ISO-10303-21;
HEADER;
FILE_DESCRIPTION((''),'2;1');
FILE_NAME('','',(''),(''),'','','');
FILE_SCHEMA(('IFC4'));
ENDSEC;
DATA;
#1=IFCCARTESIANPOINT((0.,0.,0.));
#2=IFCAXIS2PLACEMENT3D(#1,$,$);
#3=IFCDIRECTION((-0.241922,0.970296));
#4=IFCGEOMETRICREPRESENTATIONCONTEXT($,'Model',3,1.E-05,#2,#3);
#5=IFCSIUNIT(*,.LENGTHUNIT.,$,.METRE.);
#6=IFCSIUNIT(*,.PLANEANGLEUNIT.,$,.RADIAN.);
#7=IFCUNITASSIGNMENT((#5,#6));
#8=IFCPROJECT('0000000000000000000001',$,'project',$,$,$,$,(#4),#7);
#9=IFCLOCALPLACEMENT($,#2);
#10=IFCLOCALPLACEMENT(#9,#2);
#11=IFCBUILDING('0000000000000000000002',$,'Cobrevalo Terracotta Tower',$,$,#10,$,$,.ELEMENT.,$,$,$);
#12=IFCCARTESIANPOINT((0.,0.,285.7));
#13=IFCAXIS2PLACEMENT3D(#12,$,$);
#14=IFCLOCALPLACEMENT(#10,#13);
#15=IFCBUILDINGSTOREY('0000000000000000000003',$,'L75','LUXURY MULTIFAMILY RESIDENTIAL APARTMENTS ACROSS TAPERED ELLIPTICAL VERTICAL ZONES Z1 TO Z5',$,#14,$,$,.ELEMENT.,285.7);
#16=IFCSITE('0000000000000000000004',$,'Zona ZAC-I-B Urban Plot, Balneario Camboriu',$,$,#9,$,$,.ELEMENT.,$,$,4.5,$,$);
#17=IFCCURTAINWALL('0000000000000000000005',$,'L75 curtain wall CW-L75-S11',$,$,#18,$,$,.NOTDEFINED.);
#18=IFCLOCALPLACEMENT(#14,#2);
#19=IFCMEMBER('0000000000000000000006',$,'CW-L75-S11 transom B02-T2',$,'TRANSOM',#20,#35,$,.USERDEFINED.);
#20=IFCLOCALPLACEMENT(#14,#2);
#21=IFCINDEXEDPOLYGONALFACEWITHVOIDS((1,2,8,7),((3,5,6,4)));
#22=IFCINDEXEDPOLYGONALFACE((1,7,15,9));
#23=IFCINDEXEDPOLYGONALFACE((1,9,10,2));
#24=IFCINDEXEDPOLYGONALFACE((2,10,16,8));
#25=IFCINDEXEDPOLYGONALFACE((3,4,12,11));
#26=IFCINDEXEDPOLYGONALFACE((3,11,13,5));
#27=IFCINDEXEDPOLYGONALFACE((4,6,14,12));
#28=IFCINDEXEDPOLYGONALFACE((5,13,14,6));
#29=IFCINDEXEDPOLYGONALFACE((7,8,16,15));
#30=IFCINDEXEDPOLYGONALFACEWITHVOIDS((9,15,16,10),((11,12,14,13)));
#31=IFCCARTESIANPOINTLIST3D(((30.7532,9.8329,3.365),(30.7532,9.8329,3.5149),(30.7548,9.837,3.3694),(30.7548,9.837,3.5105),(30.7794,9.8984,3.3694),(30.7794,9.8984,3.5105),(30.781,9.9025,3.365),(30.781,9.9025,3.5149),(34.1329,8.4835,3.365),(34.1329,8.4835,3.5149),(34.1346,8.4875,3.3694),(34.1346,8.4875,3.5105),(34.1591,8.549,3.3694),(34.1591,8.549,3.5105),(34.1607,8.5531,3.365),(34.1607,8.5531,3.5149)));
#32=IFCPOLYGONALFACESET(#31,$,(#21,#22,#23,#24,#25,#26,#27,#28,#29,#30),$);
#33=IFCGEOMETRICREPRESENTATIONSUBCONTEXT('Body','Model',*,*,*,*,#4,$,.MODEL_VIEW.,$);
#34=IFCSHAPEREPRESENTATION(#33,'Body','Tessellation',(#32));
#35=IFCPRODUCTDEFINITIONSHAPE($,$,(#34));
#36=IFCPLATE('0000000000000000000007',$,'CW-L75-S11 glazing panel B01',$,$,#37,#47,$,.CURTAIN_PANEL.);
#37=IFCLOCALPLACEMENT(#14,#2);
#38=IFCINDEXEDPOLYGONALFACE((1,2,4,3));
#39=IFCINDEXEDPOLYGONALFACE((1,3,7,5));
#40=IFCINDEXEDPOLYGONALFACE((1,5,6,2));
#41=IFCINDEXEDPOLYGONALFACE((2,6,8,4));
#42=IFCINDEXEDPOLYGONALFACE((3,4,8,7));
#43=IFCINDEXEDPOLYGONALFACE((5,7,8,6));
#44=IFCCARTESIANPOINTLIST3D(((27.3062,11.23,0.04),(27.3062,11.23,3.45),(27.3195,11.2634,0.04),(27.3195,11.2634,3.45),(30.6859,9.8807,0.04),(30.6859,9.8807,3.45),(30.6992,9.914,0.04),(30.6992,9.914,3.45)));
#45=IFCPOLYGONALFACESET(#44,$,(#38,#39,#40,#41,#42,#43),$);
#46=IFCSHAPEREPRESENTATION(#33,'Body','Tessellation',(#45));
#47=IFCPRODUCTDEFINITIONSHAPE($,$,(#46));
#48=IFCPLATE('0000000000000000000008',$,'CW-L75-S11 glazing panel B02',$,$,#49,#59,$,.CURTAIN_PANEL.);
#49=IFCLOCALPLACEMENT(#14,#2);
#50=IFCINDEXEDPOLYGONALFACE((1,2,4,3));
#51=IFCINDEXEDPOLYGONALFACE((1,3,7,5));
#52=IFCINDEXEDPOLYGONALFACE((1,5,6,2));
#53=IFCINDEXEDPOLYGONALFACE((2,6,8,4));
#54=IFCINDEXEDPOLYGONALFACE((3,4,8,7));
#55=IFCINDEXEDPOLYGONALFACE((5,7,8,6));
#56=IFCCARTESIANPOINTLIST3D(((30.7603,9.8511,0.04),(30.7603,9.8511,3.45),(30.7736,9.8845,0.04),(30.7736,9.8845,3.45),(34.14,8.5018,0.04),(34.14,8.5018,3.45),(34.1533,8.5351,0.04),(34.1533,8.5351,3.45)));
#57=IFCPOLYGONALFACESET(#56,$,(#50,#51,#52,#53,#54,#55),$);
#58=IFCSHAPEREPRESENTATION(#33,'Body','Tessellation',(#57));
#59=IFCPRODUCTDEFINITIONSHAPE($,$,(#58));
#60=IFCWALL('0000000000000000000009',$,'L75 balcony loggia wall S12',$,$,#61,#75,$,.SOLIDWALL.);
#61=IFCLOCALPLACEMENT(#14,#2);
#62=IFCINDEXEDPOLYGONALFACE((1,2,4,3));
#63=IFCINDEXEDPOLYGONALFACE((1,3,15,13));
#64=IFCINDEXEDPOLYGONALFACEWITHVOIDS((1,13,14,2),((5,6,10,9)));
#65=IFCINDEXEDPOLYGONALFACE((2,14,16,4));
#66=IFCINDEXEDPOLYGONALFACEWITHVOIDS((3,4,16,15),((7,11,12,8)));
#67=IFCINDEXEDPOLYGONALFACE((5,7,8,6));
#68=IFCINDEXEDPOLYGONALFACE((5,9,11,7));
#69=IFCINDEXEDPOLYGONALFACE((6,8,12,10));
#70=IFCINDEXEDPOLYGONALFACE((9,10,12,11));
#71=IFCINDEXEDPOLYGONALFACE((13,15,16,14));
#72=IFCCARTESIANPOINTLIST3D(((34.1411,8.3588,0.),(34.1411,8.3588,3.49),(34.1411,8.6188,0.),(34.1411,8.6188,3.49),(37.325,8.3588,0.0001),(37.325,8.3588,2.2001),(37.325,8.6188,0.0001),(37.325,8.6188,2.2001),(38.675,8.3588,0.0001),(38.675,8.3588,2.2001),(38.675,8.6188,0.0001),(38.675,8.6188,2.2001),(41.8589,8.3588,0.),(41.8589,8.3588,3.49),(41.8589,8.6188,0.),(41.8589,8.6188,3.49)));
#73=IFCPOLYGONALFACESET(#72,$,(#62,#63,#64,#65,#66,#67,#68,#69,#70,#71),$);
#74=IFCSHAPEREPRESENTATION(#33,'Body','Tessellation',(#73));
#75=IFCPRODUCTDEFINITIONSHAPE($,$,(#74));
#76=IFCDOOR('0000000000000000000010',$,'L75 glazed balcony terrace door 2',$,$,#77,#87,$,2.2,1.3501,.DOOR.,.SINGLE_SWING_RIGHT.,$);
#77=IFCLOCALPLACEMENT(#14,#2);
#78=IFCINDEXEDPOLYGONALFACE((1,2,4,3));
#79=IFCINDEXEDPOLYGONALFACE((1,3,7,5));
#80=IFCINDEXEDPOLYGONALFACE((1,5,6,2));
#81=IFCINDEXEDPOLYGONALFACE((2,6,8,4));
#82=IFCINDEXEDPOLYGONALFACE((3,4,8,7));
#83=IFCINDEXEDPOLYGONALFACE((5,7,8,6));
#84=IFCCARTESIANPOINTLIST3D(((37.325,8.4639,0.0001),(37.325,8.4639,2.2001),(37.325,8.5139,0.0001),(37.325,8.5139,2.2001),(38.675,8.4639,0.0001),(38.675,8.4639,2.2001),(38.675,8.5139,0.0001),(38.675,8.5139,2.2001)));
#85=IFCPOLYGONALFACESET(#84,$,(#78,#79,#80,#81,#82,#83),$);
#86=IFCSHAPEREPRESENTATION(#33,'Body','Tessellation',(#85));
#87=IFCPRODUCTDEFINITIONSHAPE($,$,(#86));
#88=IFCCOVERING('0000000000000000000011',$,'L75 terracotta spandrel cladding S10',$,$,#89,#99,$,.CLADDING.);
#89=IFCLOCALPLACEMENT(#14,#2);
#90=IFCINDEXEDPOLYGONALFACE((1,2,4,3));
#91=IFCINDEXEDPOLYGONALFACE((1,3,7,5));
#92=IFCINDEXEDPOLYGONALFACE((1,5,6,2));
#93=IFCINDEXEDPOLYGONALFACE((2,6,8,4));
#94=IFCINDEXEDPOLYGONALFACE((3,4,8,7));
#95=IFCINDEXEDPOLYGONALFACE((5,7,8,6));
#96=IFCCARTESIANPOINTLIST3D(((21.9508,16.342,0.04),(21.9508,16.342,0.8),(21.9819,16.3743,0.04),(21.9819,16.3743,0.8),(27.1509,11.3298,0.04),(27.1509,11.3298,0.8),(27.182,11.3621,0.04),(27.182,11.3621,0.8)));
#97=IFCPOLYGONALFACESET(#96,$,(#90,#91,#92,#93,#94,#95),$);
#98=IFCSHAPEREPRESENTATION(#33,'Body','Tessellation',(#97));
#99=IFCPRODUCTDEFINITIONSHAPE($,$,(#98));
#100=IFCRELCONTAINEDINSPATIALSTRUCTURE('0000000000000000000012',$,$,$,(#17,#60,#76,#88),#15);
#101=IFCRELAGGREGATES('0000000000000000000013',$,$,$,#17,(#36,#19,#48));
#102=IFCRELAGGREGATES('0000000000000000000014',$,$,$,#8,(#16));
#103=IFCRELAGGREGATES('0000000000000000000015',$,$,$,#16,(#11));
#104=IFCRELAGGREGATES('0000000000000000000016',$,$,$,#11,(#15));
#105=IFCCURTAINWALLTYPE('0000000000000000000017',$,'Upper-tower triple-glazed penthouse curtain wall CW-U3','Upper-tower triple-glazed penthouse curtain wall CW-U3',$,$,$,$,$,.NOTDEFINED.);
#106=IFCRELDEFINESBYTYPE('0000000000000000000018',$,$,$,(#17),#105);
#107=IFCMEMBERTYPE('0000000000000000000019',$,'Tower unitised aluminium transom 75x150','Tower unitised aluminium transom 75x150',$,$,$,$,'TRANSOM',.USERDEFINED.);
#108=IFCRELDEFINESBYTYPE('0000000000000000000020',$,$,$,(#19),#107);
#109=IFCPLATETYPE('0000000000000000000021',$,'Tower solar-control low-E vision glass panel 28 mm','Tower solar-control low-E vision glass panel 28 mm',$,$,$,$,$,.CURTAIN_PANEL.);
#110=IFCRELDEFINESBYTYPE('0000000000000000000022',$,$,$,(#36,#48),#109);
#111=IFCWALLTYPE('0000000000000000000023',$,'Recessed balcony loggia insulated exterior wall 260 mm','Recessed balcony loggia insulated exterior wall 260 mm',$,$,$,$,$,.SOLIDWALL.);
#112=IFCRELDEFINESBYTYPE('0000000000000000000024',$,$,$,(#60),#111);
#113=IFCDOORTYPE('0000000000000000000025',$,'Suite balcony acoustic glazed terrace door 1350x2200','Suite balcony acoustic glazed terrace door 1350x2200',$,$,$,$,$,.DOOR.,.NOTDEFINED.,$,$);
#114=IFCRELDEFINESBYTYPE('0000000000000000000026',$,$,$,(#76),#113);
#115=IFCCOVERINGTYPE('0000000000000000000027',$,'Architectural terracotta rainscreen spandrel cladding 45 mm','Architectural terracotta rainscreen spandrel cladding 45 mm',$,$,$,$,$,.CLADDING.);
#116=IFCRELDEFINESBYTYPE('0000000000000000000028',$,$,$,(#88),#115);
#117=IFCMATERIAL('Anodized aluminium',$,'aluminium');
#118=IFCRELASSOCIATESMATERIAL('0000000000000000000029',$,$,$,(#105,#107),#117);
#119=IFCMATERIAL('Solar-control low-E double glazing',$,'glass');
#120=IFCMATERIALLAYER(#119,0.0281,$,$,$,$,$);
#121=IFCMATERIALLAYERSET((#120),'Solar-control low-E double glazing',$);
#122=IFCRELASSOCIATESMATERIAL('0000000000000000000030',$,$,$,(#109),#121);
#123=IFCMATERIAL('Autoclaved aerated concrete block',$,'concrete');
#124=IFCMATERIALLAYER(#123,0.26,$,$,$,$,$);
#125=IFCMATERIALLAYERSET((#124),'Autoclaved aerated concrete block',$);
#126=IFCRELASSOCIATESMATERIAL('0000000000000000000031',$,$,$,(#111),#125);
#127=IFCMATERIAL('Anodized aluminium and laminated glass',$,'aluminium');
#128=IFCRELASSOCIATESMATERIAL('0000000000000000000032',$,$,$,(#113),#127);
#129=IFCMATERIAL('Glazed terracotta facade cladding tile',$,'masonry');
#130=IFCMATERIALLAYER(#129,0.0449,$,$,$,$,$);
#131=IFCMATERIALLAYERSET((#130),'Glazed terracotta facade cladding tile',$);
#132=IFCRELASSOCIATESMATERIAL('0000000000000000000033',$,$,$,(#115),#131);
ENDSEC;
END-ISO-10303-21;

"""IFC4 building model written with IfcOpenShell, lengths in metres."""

from ifc_helpers import new_model, si_unit, direction, frame, frame_2d, origin, origin_2d, place, context, subcontext, project, spatial, rectangle, hollow_rectangle, extrude, source, transform, mapped, material, layer, layer_set, material_profile, profile_set, type_object, element, fill, aggregate, save


model = new_model("IFC4")

# Units and contexts
model_context = context("Model", 3, precision=1e-05, world=origin(), true_north=direction((-0.241922, 0.970296)))
body_context = subcontext(model_context, "Body", "Model", "MODEL_VIEW")
ifc_project = project(units=[si_unit("LENGTHUNIT", "METRE"), si_unit("PLANEANGLEUNIT", "RADIAN")], contexts=[model_context])

# Site, building, storey
site_placement = place(None, origin())
site = spatial("IfcSite", under=ifc_project, at=site_placement, Name="Zona ZAC-I-B Urban Plot, Balneario Camboriu", CompositionType="ELEMENT", RefElevation=4.5)
building_placement = place(site_placement, origin())
building = spatial("IfcBuilding", under=site, at=building_placement, Name="Cobrevalo Terracotta Tower", CompositionType="ELEMENT")
storey_placement = place(building_placement, frame((0.0, 0.0, 285.7)))
storey = spatial("IfcBuildingStorey", under=building, at=storey_placement, Name="L75", Description="LUXURY MULTIFAMILY RESIDENTIAL APARTMENTS ACROSS TAPERED ELLIPTICAL VERTICAL ZONES Z1 TO Z5", CompositionType="ELEMENT", Elevation=285.7)

# Curtain wall, member, plates
ifc_material_1 = material(Name="Anodized aluminium", Category="aluminium")
curtain_wall_type = type_object("IfcCurtainWallType", Name="Upper-tower triple-glazed penthouse curtain wall CW-U3", Description="Upper-tower triple-glazed penthouse curtain wall CW-U3", PredefinedType="NOTDEFINED", material=ifc_material_1)
curtain_wall_placement = place(storey_placement, origin())
curtain_wall = element("IfcCurtainWall", 1, at=curtain_wall_placement, inside=storey, type_object=curtain_wall_type, Name="L75 curtain wall CW-L75-S11", PredefinedType="NOTDEFINED")
ifc_material_profile_1 = material_profile(ifc_material_1, hollow_rectangle(XDim=0.075, YDim=0.1499, WallThickness=0.0044, at=origin_2d()), Name="CWT 75x150")
ifc_profile_set_1 = profile_set([ifc_material_profile_1], Name="Anodized aluminium")
member_type_1 = type_object("IfcMemberType", Name="Tower unitised aluminium transom 75x150", Description="Tower unitised aluminium transom 75x150", ElementType="TRANSOM", PredefinedType="USERDEFINED", material=ifc_profile_set_1)
shared_shape_1 = source(origin(), body_context, "Body", "SweptSolid", [
    extrude(hollow_rectangle(XDim=0.075, YDim=0.1499, WallThickness=0.0044, at=origin_2d()), origin(), (0.0, 0.0, 1.0), 3.6392),
])
member_1_placement = place(storey_placement, frame((30.7671, 9.8677, 3.4399), z_axis=(0.928712, -0.370801, 0.0), x_axis=(0.370801, 0.928712, 0.0)))
member_1 = element("IfcMember", 2, at=member_1_placement, type_object=member_type_1, Name="CW-L75-S11 transom B02-T2", ObjectType="TRANSOM", PredefinedType="USERDEFINED", context=body_context, shape_type="MappedRepresentation", body=[
    mapped(shared_shape_1, transform((0.0, 0.0, 0.0), scale=1.0)),
])
ifc_material_2 = material(Name="Solar-control low-E double glazing", Category="glass")
ifc_layer_1 = layer(ifc_material_2, 0.0281)
ifc_layer_set_1 = layer_set([ifc_layer_1], Name="Solar-control low-E double glazing")
plate_type = type_object("IfcPlateType", Name="Tower solar-control low-E vision glass panel 28 mm", Description="Tower solar-control low-E vision glass panel 28 mm", PredefinedType="CURTAIN_PANEL", material=ifc_layer_set_1)
shared_shape_2 = source(origin(), body_context, "Body", "SweptSolid", [
    extrude(rectangle(XDim=3.6392, YDim=0.0359, at=origin_2d()), origin(), (0.0, 0.0, 1.0), 3.4099),
])
plate_1_placement = place(storey_placement, frame((29.0027, 10.572, 0.04), z_axis=(0.0, 0.0, 1.0), x_axis=(0.928718, -0.370786, 0.0)))
plate_1 = element("IfcPlate", 3, at=plate_1_placement, type_object=plate_type, Name="CW-L75-S11 glazing panel B01", PredefinedType="CURTAIN_PANEL", context=body_context, shape_type="MappedRepresentation", body=[
    mapped(shared_shape_2, transform((0.0, 0.0, 0.0), scale=1.0)),
])
plate_2_placement = place(storey_placement, frame((32.4568, 9.1931, 0.04), z_axis=(0.0, 0.0, 1.0), x_axis=(0.928718, -0.370786, 0.0)))
plate_2 = element("IfcPlate", 4, at=plate_2_placement, type_object=plate_type, Name="CW-L75-S11 glazing panel B02", PredefinedType="CURTAIN_PANEL", context=body_context, shape_type="MappedRepresentation", body=[
    mapped(shared_shape_2, transform((0.0, 0.0, 0.0), scale=1.0)),
])
aggregate(curtain_wall, [plate_1, member_1, plate_2])

# Wall, opening, door
ifc_material_3 = material(Name="Autoclaved aerated concrete block", Category="concrete")
ifc_layer_2 = layer(ifc_material_3, 0.26)
ifc_layer_set_2 = layer_set([ifc_layer_2], Name="Autoclaved aerated concrete block")
wall_type = type_object("IfcWallType", Name="Recessed balcony loggia insulated exterior wall 260 mm", Description="Recessed balcony loggia insulated exterior wall 260 mm", PredefinedType="SOLIDWALL", material=ifc_layer_set_2)
wall_placement = place(storey_placement, frame((34.1411, 8.4888, 0.0), z_axis=(0.0, 0.0, 1.0), x_axis=(1.0, 0.0, 0.0)))
wall = element("IfcWall", 5, at=wall_placement, inside=storey, type_object=wall_type, Name="L75 balcony loggia wall S12", PredefinedType="SOLIDWALL", context=body_context, shape_type="SweptSolid", body=[
    extrude(rectangle(XDim=7.7178, YDim=0.26, at=frame_2d((3.8589, 0.0))), origin(), (0.0, 0.0, 1.0), 3.49),
])
opening_placement = place(wall_placement, frame((3.1838, 0.0, 0.0)))
opening = element("IfcOpeningElement", 6, at=opening_placement, cuts=wall, PredefinedType="OPENING", context=body_context, shape_type="SweptSolid", body=[
    extrude(rectangle(XDim=1.3501, YDim=2.2, at=frame_2d((0.675, 1.1001))), frame((0.0, 0.1401, 0.0), z_axis=(0.0, -1.0, 0.0), x_axis=(1.0, 0.0, 0.0)), (0.0, 0.0, 1.0), 0.28),
])
ifc_material_4 = material(Name="Anodized aluminium and laminated glass", Category="aluminium")
door_type = type_object("IfcDoorType", Name="Suite balcony acoustic glazed terrace door 1350x2200", Description="Suite balcony acoustic glazed terrace door 1350x2200", OperationType="NOTDEFINED", PredefinedType="DOOR", material=ifc_material_4)
shared_shape_3 = source(origin(), body_context, "Body", "SweptSolid", [
    extrude(rectangle(XDim=1.3501, YDim=2.2, at=frame_2d((0.675, 1.1001))), frame((0.0, 0.0249, 0.0), z_axis=(0.0, -1.0, 0.0), x_axis=(1.0, 0.0, 0.0)), (0.0, 0.0, 1.0), 0.05),
])
door_placement = place(opening_placement, frame((1.3501, 0.0, 0.0), z_axis=(0.0, 0.0, 1.0), x_axis=(-1.0, 0.0, 0.0)))
door = element("IfcDoor", 7, at=door_placement, inside=storey, type_object=door_type, Name="L75 glazed balcony terrace door 2", OperationType="SINGLE_SWING_RIGHT", OverallHeight=2.2, OverallWidth=1.3501, PredefinedType="DOOR", context=body_context, shape_type="MappedRepresentation", body=[
    mapped(shared_shape_3, transform((0.0, 0.0, 0.0), scale=1.0)),
])
fill(opening, door)

# Covering
ifc_material_5 = material(Name="Glazed terracotta facade cladding tile", Category="masonry")
ifc_layer_3 = layer(ifc_material_5, 0.0449)
ifc_layer_set_3 = layer_set([ifc_layer_3], Name="Glazed terracotta facade cladding tile")
covering_type = type_object("IfcCoveringType", Name="Architectural terracotta rainscreen spandrel cladding 45 mm", Description="Architectural terracotta rainscreen spandrel cladding 45 mm", PredefinedType="CLADDING", material=ifc_layer_set_3)
shared_shape_4 = source(origin(), body_context, "Body", "SweptSolid", [
    extrude(rectangle(XDim=7.2224, YDim=0.0449, at=origin_2d()), origin(), (0.0, 0.0, 1.0), 0.76),
])
covering_placement = place(storey_placement, frame((24.5664, 13.8521, 0.04), z_axis=(0.0, 0.0, 1.0), x_axis=(0.719997, -0.693978, 0.0)))
element("IfcCovering", 8, at=covering_placement, inside=storey, type_object=covering_type, Name="L75 terracotta spandrel cladding S10", PredefinedType="CLADDING", context=body_context, shape_type="MappedRepresentation", body=[
    mapped(shared_shape_4, transform((0.0, 0.0, 0.0), scale=1.0)),
])

save(model, "model.ifc")
